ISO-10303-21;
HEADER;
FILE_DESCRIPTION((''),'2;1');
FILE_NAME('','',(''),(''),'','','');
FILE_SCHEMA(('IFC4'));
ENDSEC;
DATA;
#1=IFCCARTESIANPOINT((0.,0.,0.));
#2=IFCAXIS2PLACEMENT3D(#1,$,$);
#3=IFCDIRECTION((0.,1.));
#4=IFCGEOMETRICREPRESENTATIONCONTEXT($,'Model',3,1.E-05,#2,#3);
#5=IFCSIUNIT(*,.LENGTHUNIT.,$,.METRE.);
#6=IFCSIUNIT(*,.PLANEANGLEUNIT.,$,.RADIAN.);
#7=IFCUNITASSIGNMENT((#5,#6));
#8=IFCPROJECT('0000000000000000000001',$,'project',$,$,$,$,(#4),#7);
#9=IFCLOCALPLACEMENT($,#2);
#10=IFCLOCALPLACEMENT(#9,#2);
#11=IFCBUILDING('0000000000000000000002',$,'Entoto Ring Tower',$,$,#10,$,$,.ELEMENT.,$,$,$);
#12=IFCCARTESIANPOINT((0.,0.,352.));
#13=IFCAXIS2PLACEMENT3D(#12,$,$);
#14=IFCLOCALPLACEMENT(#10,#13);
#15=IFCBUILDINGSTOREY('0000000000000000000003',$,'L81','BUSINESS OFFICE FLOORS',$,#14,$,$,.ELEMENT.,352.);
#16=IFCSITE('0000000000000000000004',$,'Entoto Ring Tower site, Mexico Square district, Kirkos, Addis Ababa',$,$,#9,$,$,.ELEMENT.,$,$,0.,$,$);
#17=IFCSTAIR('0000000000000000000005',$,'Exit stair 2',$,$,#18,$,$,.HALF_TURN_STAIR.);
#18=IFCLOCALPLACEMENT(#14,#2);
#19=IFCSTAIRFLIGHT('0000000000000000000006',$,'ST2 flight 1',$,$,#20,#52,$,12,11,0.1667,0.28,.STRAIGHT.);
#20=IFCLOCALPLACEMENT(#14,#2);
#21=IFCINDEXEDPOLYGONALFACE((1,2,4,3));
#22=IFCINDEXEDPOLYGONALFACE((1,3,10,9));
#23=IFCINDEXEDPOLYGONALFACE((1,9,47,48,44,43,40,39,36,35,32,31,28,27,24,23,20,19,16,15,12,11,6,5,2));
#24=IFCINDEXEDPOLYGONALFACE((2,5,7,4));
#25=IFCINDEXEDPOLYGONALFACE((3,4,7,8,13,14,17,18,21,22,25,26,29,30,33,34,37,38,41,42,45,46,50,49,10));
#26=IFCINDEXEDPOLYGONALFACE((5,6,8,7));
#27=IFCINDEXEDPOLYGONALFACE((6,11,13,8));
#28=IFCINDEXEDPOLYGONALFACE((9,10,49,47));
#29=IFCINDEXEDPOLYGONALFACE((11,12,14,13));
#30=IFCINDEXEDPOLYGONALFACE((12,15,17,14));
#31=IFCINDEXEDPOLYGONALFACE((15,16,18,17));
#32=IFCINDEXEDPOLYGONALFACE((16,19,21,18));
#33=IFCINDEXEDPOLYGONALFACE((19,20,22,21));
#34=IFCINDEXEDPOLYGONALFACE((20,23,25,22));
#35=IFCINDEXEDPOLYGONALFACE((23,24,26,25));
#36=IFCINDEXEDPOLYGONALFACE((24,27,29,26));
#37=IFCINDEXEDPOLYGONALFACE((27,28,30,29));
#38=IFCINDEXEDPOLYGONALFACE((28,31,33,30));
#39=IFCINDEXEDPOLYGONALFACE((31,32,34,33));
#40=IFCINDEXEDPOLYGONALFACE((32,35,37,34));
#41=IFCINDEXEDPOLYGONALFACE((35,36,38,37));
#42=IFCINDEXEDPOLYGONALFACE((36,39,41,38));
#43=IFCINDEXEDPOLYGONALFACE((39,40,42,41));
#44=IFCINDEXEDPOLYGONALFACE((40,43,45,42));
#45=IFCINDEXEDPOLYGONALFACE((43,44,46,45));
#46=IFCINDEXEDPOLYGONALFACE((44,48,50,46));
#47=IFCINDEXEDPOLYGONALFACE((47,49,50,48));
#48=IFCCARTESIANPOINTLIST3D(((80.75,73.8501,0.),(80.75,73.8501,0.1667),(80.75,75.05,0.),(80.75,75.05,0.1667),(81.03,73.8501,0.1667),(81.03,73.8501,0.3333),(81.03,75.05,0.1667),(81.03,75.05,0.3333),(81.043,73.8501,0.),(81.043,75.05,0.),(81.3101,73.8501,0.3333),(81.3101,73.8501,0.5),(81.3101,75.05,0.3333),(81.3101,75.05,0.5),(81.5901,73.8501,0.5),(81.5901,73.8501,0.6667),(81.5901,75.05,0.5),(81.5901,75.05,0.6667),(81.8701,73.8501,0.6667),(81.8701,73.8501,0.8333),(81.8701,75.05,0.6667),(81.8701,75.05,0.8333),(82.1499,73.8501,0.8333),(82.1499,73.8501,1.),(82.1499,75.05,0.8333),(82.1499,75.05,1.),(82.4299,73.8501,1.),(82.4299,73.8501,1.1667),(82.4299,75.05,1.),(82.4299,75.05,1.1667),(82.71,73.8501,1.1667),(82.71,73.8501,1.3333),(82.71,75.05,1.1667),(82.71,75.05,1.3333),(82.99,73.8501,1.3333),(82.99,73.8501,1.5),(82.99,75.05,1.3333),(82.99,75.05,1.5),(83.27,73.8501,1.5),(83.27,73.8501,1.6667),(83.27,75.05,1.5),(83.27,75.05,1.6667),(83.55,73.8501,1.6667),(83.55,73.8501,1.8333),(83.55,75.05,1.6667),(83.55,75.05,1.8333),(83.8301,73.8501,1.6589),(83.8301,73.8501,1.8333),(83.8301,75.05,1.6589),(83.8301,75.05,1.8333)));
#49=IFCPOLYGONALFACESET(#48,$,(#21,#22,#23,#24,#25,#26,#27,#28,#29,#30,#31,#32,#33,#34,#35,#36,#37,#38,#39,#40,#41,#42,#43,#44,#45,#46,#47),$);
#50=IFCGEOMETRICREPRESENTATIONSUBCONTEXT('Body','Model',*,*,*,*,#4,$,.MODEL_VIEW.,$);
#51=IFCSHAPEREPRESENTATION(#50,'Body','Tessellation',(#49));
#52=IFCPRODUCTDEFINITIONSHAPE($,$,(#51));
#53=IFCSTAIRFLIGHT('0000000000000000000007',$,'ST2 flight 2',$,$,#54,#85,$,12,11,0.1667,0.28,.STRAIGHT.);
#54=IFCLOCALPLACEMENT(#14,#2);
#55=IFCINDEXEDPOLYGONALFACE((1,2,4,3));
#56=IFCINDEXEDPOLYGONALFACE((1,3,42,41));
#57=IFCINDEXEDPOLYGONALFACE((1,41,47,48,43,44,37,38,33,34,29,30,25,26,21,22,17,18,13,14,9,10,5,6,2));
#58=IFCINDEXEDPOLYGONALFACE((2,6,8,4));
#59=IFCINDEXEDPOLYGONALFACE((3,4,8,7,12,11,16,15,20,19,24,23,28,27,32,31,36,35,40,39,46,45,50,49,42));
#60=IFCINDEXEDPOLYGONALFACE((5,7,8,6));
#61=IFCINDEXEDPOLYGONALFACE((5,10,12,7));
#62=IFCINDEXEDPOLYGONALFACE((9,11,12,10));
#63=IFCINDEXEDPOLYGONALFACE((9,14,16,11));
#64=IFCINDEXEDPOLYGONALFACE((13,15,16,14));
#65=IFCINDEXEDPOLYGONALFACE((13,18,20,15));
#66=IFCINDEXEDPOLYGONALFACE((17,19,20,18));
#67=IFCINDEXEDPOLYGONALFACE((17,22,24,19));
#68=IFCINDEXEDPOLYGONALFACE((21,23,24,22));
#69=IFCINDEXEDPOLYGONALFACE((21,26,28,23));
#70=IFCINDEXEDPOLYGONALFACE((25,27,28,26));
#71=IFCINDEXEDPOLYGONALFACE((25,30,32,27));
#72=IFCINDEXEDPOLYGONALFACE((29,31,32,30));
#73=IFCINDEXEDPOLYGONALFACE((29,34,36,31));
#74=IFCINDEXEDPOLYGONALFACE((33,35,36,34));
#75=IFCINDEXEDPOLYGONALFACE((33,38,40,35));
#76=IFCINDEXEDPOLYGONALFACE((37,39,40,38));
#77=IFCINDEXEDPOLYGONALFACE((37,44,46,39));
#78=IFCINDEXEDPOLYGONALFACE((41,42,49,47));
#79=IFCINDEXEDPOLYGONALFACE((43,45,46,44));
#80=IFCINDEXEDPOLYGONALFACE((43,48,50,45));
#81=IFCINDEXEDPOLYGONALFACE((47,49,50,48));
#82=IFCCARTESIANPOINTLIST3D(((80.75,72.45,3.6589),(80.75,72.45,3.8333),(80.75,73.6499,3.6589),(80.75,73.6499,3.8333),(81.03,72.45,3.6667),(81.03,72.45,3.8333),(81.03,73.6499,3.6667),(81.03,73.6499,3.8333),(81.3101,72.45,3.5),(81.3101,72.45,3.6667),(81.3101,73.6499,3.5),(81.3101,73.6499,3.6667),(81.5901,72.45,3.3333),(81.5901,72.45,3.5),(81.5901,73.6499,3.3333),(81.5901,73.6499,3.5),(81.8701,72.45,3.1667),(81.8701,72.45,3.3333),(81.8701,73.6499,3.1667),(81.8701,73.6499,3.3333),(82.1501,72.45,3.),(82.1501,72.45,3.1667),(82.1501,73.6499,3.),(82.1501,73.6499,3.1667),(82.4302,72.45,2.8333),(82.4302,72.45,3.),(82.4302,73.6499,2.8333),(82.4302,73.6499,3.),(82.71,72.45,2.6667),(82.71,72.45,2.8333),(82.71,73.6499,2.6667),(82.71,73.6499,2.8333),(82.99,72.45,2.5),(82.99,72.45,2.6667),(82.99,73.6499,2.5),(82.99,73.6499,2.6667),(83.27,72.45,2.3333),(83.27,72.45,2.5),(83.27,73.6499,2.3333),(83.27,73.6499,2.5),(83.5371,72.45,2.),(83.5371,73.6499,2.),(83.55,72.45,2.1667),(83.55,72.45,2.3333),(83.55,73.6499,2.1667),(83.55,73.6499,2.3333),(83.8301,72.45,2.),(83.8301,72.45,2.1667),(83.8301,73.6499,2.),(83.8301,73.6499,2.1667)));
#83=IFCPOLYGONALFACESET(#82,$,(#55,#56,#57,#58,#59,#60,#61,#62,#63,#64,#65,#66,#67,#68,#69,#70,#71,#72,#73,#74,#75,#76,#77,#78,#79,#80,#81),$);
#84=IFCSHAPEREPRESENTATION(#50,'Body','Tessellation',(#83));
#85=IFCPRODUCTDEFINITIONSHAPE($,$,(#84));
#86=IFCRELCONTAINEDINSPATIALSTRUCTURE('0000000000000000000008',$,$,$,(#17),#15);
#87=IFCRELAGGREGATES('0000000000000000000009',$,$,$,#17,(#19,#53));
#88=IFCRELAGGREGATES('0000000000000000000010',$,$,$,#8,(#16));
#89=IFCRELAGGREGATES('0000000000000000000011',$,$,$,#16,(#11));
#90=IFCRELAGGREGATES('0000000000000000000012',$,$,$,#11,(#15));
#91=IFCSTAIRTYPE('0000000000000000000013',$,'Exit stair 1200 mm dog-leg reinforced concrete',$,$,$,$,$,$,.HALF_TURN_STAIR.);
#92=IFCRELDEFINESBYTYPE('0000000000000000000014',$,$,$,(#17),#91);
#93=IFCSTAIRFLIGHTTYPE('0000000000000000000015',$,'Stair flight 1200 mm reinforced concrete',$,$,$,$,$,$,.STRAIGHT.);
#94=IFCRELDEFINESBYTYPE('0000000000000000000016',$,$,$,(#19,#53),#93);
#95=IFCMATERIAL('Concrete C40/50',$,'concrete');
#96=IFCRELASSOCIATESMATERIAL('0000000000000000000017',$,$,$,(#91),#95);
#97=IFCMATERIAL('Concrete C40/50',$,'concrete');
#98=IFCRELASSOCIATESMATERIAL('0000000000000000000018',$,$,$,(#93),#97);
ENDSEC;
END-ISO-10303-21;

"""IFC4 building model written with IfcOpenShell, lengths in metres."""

from ifc_helpers import new_model, si_unit, direction, frame, origin, place, context, subcontext, project, spatial, polyline, outline, extrude, material, type_object, element, aggregate, save


model = new_model("IFC4")

# Units and contexts
model_context = context("Model", 3, precision=1e-05, world=origin(), true_north=direction((0.0, 1.0)))
body_context = subcontext(model_context, "Body", "Model", "MODEL_VIEW")
ifc_project = project(units=[si_unit("LENGTHUNIT", "METRE"), si_unit("PLANEANGLEUNIT", "RADIAN")], contexts=[model_context])

# Site, building, storey
site_placement = place(None, origin())
site = spatial("IfcSite", under=ifc_project, at=site_placement, Name="Entoto Ring Tower site, Mexico Square district, Kirkos, Addis Ababa", CompositionType="ELEMENT", RefElevation=0.0)
building_placement = place(site_placement, origin())
building = spatial("IfcBuilding", under=site, at=building_placement, Name="Entoto Ring Tower", CompositionType="ELEMENT")
storey_placement = place(building_placement, frame((0.0, 0.0, 352.0)))
storey = spatial("IfcBuildingStorey", under=building, at=storey_placement, Name="L81", Description="BUSINESS OFFICE FLOORS", CompositionType="ELEMENT", Elevation=352.0)

# Stair, stair flights
ifc_material_1 = material(Name="Concrete C40/50", Category="concrete")
stair_type = type_object("IfcStairType", Name="Exit stair 1200 mm dog-leg reinforced concrete", PredefinedType="HALF_TURN_STAIR", material=ifc_material_1)
stair_placement = place(storey_placement, origin())
stair = element("IfcStair", 1, at=stair_placement, inside=storey, type_object=stair_type, Name="Exit stair 2", PredefinedType="HALF_TURN_STAIR")
ifc_material_2 = material(Name="Concrete C40/50", Category="concrete")
stair_flight_type = type_object("IfcStairFlightType", Name="Stair flight 1200 mm reinforced concrete", PredefinedType="STRAIGHT", material=ifc_material_2)
stair_flight_1_placement = place(storey_placement, frame((80.75, 74.45, 0.0), z_axis=(0.0, 0.0, 1.0), x_axis=(1.0, 0.0, 0.0)))
stair_flight_1 = element("IfcStairFlight", 2, at=stair_flight_1_placement, type_object=stair_flight_type, Name="ST2 flight 1", NumberOfRisers=12, NumberOfTreads=11, PredefinedType="STRAIGHT", RiserHeight=0.1667, TreadLength=0.28, context=body_context, shape_type="SweptSolid", body=[
    extrude(outline(polyline([(0.0, 0.0), (0.0, 0.1667), (0.28, 0.1667), (0.28, 0.3333), (0.5601, 0.3333), (0.5601, 0.5), (0.8401, 0.5), (0.8401, 0.6667), (1.1201, 0.6667), (1.1201, 0.8333), (1.3999, 0.8333), (1.3999, 1.0), (1.6799, 1.0), (1.6799, 1.1667), (1.96, 1.1667), (1.96, 1.3333), (2.24, 1.3333), (2.24, 1.5), (2.52, 1.5), (2.52, 1.6667), (2.8, 1.6667), (2.8, 1.8333), (3.0801, 1.8333), (3.0801, 2.0), (3.0801, 1.6589), (0.293, 0.0), (0.0, 0.0)])), frame((0.0, 0.6001, 0.0), z_axis=(0.0, -1.0, 0.0), x_axis=(1.0, 0.0, 0.0)), (0.0, 0.0, 1.0), 1.2),
])
stair_flight_2_placement = place(storey_placement, frame((83.8301, 73.05, 2.0), z_axis=(0.0, 0.0, 1.0), x_axis=(-1.0, 0.0, 0.0)))
stair_flight_2 = element("IfcStairFlight", 3, at=stair_flight_2_placement, type_object=stair_flight_type, Name="ST2 flight 2", NumberOfRisers=12, NumberOfTreads=11, PredefinedType="STRAIGHT", RiserHeight=0.1667, TreadLength=0.28, context=body_context, shape_type="SweptSolid", body=[
    extrude(outline(polyline([(0.0, 0.0), (0.0, 0.1667), (0.28, 0.1667), (0.28, 0.3333), (0.5601, 0.3333), (0.5601, 0.5), (0.8401, 0.5), (0.8401, 0.6667), (1.1201, 0.6667), (1.1201, 0.8333), (1.3999, 0.8333), (1.3999, 1.0), (1.6799, 1.0), (1.6799, 1.1667), (1.96, 1.1667), (1.96, 1.3333), (2.24, 1.3333), (2.24, 1.5), (2.52, 1.5), (2.52, 1.6667), (2.8, 1.6667), (2.8, 1.8333), (3.0801, 1.8333), (3.0801, 2.0), (3.0801, 1.6589), (0.293, 0.0), (0.0, 0.0)])), frame((0.0, 0.6001, 0.0), z_axis=(0.0, -1.0, 0.0), x_axis=(1.0, 0.0, 0.0)), (0.0, 0.0, 1.0), 1.2),
])
aggregate(stair, [stair_flight_1, stair_flight_2])

save(model, "model.ifc")
